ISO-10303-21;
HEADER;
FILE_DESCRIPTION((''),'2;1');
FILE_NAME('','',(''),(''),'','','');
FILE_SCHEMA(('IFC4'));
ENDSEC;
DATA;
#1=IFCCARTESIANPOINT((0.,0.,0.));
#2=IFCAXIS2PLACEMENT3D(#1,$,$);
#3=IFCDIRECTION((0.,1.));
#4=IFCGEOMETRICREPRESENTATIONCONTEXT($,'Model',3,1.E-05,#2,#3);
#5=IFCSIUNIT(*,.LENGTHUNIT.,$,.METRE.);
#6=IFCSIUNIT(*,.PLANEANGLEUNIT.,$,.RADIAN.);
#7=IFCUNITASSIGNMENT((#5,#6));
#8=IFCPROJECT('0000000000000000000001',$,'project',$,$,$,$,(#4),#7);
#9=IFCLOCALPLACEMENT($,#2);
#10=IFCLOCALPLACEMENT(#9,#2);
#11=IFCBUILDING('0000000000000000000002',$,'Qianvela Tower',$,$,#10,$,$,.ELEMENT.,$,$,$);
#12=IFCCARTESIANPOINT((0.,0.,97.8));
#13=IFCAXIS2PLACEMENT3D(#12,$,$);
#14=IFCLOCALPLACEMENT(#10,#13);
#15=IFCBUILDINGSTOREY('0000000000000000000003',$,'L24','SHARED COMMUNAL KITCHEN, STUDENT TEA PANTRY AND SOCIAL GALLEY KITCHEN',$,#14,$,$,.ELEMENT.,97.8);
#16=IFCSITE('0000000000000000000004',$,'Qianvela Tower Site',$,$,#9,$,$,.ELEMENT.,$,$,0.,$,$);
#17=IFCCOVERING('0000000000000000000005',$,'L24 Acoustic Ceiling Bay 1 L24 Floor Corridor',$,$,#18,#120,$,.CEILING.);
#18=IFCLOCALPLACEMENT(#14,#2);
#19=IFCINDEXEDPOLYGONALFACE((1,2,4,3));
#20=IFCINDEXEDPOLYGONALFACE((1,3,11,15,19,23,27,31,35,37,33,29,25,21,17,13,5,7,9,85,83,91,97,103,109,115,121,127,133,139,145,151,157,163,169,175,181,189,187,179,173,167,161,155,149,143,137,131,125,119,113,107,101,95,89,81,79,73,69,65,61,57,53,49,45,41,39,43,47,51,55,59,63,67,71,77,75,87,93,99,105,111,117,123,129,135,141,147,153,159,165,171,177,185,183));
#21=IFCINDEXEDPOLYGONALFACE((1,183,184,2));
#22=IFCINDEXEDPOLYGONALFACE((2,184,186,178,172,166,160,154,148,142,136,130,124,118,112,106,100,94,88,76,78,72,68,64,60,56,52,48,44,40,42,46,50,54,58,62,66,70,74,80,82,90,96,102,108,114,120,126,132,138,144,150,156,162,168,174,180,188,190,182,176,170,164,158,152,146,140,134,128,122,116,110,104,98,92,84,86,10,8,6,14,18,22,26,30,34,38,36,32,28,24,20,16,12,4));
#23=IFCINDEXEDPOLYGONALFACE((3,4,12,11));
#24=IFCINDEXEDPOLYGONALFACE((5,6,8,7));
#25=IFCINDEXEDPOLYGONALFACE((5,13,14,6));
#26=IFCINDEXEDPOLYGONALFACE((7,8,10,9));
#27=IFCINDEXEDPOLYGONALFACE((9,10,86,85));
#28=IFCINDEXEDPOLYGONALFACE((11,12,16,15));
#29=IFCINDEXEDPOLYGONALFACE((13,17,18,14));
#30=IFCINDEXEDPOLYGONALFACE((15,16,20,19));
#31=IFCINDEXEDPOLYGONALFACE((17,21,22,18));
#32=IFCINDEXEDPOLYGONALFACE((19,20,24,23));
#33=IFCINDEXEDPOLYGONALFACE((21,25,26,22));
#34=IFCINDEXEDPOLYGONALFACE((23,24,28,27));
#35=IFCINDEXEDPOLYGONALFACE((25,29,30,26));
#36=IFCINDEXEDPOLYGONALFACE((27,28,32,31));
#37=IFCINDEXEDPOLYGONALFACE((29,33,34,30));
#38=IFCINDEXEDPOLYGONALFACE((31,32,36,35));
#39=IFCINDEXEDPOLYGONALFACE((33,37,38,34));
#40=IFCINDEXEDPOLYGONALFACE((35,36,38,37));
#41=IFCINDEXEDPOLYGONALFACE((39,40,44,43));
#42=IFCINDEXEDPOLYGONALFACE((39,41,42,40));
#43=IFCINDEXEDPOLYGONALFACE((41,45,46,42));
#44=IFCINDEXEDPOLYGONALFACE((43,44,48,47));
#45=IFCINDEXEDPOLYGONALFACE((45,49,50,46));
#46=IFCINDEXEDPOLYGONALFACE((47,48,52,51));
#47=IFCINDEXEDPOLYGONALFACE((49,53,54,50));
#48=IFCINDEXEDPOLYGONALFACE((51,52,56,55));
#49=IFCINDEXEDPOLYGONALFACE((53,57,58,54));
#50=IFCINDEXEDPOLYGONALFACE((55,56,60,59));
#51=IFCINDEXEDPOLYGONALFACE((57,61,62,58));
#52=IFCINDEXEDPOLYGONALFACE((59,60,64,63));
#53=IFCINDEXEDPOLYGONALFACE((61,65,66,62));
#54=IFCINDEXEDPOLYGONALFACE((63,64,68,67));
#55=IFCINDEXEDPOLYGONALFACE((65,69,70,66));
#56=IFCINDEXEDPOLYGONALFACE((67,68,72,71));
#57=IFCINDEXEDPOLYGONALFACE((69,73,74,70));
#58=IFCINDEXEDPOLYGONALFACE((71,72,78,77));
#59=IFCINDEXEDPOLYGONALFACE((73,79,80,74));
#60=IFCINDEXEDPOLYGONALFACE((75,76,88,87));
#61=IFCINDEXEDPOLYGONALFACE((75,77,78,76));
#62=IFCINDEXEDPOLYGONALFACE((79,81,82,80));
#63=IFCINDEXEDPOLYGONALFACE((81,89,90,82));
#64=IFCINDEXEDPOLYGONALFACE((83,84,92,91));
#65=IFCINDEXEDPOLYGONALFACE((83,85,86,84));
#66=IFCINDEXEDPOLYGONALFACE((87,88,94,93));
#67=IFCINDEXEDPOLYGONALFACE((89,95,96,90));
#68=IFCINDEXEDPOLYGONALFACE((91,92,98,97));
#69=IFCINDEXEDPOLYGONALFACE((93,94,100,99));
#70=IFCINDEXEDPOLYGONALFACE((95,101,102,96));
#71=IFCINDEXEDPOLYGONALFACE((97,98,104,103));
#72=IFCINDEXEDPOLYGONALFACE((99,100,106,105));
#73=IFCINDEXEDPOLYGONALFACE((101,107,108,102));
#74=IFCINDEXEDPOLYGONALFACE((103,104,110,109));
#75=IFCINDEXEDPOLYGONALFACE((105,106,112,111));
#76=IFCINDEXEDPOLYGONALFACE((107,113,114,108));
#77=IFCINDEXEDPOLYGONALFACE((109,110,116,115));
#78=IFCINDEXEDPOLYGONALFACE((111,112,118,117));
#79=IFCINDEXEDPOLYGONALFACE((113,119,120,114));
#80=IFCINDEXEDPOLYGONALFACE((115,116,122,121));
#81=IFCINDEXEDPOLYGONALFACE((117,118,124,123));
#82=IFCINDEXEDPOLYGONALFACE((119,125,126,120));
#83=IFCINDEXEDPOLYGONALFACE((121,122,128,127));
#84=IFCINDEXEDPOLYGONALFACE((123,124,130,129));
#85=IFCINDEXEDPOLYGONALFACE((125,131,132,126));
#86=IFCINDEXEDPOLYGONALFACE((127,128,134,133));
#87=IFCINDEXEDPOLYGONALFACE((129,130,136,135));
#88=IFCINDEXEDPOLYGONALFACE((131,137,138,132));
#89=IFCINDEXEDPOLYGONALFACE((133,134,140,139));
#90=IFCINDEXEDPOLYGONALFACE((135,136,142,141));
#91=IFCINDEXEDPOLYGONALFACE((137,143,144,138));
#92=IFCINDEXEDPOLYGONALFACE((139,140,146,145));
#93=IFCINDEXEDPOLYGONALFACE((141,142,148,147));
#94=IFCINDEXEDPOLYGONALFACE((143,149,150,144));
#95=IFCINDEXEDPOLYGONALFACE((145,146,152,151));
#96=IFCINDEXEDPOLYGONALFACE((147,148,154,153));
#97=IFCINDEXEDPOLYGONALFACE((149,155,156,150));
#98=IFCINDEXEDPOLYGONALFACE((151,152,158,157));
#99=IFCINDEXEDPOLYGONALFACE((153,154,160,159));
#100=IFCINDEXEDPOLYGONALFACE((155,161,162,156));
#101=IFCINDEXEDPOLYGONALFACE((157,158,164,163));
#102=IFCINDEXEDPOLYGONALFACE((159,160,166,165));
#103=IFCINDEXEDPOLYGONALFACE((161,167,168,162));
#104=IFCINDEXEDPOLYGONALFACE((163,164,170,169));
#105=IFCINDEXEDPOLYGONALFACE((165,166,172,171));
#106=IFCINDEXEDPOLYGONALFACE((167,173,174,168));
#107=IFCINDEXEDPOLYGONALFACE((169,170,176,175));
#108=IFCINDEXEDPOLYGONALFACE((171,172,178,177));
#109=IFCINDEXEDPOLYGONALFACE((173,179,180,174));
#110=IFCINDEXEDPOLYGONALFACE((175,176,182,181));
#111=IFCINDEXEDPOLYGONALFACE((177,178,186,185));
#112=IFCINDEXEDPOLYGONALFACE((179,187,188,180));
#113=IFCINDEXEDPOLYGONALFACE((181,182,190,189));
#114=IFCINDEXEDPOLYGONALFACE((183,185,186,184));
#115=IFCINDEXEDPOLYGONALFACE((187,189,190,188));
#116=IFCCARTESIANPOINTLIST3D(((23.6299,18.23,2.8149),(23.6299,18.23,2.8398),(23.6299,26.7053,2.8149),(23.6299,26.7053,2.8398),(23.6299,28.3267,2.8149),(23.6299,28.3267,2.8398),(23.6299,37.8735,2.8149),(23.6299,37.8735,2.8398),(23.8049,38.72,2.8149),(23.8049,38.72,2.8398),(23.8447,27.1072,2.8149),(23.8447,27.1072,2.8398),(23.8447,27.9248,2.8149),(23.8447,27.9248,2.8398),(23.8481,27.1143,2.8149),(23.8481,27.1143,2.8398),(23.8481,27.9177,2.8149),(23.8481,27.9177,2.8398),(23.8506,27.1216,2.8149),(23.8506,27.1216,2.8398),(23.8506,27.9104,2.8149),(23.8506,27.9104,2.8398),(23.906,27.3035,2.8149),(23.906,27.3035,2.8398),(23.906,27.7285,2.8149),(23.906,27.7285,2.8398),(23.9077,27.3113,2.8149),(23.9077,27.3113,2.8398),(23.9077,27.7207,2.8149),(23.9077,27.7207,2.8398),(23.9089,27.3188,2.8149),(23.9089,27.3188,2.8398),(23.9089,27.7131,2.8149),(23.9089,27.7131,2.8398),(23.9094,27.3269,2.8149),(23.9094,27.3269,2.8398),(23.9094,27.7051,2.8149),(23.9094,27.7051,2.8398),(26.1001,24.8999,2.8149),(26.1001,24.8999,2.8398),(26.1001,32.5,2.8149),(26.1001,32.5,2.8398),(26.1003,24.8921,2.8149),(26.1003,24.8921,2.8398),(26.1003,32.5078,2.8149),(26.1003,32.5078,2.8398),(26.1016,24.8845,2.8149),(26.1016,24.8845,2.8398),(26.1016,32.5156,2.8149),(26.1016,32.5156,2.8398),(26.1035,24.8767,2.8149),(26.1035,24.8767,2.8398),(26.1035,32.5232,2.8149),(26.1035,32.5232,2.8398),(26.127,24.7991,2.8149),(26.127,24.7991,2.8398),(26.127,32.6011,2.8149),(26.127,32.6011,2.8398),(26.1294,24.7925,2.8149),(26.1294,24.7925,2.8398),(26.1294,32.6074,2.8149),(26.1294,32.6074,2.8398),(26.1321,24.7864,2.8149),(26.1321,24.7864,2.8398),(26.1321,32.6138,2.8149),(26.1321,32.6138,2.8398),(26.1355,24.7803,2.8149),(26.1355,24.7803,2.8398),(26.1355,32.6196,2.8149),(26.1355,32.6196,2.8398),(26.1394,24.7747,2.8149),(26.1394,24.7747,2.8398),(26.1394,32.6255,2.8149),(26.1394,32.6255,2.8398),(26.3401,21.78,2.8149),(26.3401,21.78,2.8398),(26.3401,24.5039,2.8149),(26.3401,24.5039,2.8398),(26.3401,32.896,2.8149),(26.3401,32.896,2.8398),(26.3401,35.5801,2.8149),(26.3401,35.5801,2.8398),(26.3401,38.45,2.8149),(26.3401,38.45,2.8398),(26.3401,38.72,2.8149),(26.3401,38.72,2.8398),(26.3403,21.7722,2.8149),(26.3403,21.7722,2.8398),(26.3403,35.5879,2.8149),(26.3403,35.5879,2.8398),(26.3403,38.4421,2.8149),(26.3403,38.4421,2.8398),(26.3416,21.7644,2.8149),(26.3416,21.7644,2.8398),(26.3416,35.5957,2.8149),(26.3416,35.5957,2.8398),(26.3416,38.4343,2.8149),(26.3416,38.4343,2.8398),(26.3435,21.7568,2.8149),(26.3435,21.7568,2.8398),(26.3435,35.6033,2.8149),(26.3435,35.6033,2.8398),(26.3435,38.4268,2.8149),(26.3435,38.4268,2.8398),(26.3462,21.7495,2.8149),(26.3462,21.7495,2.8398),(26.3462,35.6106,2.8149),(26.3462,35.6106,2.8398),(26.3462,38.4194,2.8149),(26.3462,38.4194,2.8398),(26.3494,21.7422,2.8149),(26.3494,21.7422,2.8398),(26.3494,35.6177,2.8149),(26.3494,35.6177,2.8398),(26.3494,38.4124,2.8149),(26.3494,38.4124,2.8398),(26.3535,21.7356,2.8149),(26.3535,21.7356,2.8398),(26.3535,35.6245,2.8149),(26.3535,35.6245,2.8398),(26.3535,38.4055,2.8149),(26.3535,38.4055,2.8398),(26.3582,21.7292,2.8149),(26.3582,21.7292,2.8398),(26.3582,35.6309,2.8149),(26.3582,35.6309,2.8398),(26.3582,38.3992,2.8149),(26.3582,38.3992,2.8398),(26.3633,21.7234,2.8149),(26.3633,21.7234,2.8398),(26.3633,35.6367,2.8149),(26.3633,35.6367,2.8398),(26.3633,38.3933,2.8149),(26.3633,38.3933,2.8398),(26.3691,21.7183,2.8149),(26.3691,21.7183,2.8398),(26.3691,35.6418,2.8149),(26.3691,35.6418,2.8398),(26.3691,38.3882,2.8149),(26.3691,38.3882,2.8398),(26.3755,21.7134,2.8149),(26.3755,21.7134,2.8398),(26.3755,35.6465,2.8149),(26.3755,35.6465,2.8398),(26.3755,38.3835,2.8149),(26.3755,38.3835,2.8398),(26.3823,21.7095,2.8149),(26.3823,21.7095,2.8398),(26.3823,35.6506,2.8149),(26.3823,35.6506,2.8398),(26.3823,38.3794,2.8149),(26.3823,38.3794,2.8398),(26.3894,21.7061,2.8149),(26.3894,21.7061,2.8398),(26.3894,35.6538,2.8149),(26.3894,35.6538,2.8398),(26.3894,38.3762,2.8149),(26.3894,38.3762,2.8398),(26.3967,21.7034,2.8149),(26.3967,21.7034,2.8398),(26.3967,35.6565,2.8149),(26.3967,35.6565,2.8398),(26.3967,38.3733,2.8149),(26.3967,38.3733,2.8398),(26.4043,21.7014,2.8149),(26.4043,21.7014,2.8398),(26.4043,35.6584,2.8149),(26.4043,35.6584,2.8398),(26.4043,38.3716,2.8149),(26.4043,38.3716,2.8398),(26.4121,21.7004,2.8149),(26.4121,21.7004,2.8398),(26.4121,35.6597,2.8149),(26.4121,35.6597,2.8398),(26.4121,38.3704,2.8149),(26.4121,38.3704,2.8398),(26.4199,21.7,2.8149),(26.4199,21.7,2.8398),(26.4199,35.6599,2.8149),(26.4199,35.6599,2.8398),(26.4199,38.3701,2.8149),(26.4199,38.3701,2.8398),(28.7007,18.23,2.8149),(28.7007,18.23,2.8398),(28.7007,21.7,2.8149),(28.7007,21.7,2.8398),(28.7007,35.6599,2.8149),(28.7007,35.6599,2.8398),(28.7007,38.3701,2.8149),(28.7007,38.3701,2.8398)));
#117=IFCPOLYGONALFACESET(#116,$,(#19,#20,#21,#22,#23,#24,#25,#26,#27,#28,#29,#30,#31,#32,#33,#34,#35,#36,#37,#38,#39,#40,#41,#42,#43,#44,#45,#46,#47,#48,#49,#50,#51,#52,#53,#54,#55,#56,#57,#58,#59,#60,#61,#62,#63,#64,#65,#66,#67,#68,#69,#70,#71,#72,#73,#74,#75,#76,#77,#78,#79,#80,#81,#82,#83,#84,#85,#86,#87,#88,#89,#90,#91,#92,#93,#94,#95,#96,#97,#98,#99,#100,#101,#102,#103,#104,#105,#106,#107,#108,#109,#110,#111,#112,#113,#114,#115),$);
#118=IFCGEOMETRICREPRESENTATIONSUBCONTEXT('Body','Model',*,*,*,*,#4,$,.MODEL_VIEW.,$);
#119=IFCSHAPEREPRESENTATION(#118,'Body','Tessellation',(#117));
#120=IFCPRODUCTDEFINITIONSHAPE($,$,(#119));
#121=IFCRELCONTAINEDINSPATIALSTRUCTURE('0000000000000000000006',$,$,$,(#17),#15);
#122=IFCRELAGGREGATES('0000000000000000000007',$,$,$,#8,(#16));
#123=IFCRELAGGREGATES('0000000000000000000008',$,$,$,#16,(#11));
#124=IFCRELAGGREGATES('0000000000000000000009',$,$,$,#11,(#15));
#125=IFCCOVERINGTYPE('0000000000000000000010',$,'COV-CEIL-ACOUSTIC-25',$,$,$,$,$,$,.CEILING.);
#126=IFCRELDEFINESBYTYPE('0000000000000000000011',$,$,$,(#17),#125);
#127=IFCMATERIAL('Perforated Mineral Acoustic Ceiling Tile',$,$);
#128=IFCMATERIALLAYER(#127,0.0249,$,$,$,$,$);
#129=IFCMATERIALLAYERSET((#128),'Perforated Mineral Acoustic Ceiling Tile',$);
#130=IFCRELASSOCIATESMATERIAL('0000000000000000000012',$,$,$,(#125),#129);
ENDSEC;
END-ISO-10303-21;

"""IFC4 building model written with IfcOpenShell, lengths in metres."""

from ifc_helpers import new_model, si_unit, direction, frame, origin, place, context, subcontext, project, spatial, polyline, outline, extrude, material, layer, layer_set, type_object, element, save


model = new_model("IFC4")

# Units and contexts
model_context = context("Model", 3, precision=1e-05, world=origin(), true_north=direction((0.0, 1.0)))
body_context = subcontext(model_context, "Body", "Model", "MODEL_VIEW")
ifc_project = project(units=[si_unit("LENGTHUNIT", "METRE"), si_unit("PLANEANGLEUNIT", "RADIAN")], contexts=[model_context])

# Site, building, storey
site_placement = place(None, origin())
site = spatial("IfcSite", under=ifc_project, at=site_placement, Name="Qianvela Tower Site", CompositionType="ELEMENT", RefElevation=0.0)
building_placement = place(site_placement, origin())
building = spatial("IfcBuilding", under=site, at=building_placement, Name="Qianvela Tower", CompositionType="ELEMENT")
storey_placement = place(building_placement, frame((0.0, 0.0, 97.8)))
storey = spatial("IfcBuildingStorey", under=building, at=storey_placement, Name="L24", Description="SHARED COMMUNAL KITCHEN, STUDENT TEA PANTRY AND SOCIAL GALLEY KITCHEN", CompositionType="ELEMENT", Elevation=97.8)

# Covering
ifc_material_1 = material(Name="Perforated Mineral Acoustic Ceiling Tile")
ifc_layer_1 = layer(ifc_material_1, 0.0249)
ifc_layer_set_1 = layer_set([ifc_layer_1], Name="Perforated Mineral Acoustic Ceiling Tile")
covering_type_1 = type_object("IfcCoveringType", Name="COV-CEIL-ACOUSTIC-25", PredefinedType="CEILING", material=ifc_layer_set_1)
covering_1_placement = place(storey_placement, frame((0.0, 0.0, 2.8149)))
element("IfcCovering", 1, at=covering_1_placement, inside=storey, type_object=covering_type_1, Name="L24 Acoustic Ceiling Bay 1 L24 Floor Corridor", PredefinedType="CEILING", context=body_context, shape_type="SweptSolid", body=[
    extrude(outline(polyline([(23.8481, 27.9177), (23.8447, 27.9248), (23.6299, 28.3267), (23.6299, 37.8735), (23.8049, 38.72), (26.3401, 38.72), (26.3401, 38.45), (26.3403, 38.4421), (26.3416, 38.4343), (26.3435, 38.4268), (26.3462, 38.4194), (26.3494, 38.4124), (26.3535, 38.4055), (26.3582, 38.3992), (26.3633, 38.3933), (26.3691, 38.3882), (26.3755, 38.3835), (26.3823, 38.3794), (26.3894, 38.3762), (26.3967, 38.3733), (26.4043, 38.3716), (26.4121, 38.3704), (26.4199, 38.3701), (28.7007, 38.3701), (28.7007, 35.6599), (26.4199, 35.6599), (26.4121, 35.6597), (26.4043, 35.6584), (26.3967, 35.6565), (26.3894, 35.6538), (26.3823, 35.6506), (26.3755, 35.6465), (26.3691, 35.6418), (26.3633, 35.6367), (26.3582, 35.6309), (26.3535, 35.6245), (26.3494, 35.6177), (26.3462, 35.6106), (26.3435, 35.6033), (26.3416, 35.5957), (26.3403, 35.5879), (26.3401, 35.5801), (26.3401, 32.896), (26.1394, 32.6255), (26.1355, 32.6196), (26.1321, 32.6138), (26.1294, 32.6074), (26.127, 32.6011), (26.1035, 32.5232), (26.1016, 32.5156), (26.1003, 32.5078), (26.1001, 32.5), (26.1001, 24.8999), (26.1003, 24.8921), (26.1016, 24.8845), (26.1035, 24.8767), (26.127, 24.7991), (26.1294, 24.7925), (26.1321, 24.7864), (26.1355, 24.7803), (26.1394, 24.7747), (26.3401, 24.5039), (26.3401, 21.78), (26.3403, 21.7722), (26.3416, 21.7644), (26.3435, 21.7568), (26.3462, 21.7495), (26.3494, 21.7422), (26.3535, 21.7356), (26.3582, 21.7292), (26.3633, 21.7234), (26.3691, 21.7183), (26.3755, 21.7134), (26.3823, 21.7095), (26.3894, 21.7061), (26.3967, 21.7034), (26.4043, 21.7014), (26.4121, 21.7004), (26.4199, 21.7), (28.7007, 21.7), (28.7007, 18.23), (23.6299, 18.23), (23.6299, 26.7053), (23.8447, 27.1072), (23.8481, 27.1143), (23.8506, 27.1216), (23.906, 27.3035), (23.9077, 27.3113), (23.9089, 27.3188), (23.9094, 27.3269), (23.9094, 27.7051), (23.9089, 27.7131), (23.9077, 27.7207), (23.906, 27.7285), (23.8506, 27.9104), (23.8481, 27.9177)])), origin(), (0.0, 0.0, 1.0), 0.0249),
])

save(model, "model.ifc")
